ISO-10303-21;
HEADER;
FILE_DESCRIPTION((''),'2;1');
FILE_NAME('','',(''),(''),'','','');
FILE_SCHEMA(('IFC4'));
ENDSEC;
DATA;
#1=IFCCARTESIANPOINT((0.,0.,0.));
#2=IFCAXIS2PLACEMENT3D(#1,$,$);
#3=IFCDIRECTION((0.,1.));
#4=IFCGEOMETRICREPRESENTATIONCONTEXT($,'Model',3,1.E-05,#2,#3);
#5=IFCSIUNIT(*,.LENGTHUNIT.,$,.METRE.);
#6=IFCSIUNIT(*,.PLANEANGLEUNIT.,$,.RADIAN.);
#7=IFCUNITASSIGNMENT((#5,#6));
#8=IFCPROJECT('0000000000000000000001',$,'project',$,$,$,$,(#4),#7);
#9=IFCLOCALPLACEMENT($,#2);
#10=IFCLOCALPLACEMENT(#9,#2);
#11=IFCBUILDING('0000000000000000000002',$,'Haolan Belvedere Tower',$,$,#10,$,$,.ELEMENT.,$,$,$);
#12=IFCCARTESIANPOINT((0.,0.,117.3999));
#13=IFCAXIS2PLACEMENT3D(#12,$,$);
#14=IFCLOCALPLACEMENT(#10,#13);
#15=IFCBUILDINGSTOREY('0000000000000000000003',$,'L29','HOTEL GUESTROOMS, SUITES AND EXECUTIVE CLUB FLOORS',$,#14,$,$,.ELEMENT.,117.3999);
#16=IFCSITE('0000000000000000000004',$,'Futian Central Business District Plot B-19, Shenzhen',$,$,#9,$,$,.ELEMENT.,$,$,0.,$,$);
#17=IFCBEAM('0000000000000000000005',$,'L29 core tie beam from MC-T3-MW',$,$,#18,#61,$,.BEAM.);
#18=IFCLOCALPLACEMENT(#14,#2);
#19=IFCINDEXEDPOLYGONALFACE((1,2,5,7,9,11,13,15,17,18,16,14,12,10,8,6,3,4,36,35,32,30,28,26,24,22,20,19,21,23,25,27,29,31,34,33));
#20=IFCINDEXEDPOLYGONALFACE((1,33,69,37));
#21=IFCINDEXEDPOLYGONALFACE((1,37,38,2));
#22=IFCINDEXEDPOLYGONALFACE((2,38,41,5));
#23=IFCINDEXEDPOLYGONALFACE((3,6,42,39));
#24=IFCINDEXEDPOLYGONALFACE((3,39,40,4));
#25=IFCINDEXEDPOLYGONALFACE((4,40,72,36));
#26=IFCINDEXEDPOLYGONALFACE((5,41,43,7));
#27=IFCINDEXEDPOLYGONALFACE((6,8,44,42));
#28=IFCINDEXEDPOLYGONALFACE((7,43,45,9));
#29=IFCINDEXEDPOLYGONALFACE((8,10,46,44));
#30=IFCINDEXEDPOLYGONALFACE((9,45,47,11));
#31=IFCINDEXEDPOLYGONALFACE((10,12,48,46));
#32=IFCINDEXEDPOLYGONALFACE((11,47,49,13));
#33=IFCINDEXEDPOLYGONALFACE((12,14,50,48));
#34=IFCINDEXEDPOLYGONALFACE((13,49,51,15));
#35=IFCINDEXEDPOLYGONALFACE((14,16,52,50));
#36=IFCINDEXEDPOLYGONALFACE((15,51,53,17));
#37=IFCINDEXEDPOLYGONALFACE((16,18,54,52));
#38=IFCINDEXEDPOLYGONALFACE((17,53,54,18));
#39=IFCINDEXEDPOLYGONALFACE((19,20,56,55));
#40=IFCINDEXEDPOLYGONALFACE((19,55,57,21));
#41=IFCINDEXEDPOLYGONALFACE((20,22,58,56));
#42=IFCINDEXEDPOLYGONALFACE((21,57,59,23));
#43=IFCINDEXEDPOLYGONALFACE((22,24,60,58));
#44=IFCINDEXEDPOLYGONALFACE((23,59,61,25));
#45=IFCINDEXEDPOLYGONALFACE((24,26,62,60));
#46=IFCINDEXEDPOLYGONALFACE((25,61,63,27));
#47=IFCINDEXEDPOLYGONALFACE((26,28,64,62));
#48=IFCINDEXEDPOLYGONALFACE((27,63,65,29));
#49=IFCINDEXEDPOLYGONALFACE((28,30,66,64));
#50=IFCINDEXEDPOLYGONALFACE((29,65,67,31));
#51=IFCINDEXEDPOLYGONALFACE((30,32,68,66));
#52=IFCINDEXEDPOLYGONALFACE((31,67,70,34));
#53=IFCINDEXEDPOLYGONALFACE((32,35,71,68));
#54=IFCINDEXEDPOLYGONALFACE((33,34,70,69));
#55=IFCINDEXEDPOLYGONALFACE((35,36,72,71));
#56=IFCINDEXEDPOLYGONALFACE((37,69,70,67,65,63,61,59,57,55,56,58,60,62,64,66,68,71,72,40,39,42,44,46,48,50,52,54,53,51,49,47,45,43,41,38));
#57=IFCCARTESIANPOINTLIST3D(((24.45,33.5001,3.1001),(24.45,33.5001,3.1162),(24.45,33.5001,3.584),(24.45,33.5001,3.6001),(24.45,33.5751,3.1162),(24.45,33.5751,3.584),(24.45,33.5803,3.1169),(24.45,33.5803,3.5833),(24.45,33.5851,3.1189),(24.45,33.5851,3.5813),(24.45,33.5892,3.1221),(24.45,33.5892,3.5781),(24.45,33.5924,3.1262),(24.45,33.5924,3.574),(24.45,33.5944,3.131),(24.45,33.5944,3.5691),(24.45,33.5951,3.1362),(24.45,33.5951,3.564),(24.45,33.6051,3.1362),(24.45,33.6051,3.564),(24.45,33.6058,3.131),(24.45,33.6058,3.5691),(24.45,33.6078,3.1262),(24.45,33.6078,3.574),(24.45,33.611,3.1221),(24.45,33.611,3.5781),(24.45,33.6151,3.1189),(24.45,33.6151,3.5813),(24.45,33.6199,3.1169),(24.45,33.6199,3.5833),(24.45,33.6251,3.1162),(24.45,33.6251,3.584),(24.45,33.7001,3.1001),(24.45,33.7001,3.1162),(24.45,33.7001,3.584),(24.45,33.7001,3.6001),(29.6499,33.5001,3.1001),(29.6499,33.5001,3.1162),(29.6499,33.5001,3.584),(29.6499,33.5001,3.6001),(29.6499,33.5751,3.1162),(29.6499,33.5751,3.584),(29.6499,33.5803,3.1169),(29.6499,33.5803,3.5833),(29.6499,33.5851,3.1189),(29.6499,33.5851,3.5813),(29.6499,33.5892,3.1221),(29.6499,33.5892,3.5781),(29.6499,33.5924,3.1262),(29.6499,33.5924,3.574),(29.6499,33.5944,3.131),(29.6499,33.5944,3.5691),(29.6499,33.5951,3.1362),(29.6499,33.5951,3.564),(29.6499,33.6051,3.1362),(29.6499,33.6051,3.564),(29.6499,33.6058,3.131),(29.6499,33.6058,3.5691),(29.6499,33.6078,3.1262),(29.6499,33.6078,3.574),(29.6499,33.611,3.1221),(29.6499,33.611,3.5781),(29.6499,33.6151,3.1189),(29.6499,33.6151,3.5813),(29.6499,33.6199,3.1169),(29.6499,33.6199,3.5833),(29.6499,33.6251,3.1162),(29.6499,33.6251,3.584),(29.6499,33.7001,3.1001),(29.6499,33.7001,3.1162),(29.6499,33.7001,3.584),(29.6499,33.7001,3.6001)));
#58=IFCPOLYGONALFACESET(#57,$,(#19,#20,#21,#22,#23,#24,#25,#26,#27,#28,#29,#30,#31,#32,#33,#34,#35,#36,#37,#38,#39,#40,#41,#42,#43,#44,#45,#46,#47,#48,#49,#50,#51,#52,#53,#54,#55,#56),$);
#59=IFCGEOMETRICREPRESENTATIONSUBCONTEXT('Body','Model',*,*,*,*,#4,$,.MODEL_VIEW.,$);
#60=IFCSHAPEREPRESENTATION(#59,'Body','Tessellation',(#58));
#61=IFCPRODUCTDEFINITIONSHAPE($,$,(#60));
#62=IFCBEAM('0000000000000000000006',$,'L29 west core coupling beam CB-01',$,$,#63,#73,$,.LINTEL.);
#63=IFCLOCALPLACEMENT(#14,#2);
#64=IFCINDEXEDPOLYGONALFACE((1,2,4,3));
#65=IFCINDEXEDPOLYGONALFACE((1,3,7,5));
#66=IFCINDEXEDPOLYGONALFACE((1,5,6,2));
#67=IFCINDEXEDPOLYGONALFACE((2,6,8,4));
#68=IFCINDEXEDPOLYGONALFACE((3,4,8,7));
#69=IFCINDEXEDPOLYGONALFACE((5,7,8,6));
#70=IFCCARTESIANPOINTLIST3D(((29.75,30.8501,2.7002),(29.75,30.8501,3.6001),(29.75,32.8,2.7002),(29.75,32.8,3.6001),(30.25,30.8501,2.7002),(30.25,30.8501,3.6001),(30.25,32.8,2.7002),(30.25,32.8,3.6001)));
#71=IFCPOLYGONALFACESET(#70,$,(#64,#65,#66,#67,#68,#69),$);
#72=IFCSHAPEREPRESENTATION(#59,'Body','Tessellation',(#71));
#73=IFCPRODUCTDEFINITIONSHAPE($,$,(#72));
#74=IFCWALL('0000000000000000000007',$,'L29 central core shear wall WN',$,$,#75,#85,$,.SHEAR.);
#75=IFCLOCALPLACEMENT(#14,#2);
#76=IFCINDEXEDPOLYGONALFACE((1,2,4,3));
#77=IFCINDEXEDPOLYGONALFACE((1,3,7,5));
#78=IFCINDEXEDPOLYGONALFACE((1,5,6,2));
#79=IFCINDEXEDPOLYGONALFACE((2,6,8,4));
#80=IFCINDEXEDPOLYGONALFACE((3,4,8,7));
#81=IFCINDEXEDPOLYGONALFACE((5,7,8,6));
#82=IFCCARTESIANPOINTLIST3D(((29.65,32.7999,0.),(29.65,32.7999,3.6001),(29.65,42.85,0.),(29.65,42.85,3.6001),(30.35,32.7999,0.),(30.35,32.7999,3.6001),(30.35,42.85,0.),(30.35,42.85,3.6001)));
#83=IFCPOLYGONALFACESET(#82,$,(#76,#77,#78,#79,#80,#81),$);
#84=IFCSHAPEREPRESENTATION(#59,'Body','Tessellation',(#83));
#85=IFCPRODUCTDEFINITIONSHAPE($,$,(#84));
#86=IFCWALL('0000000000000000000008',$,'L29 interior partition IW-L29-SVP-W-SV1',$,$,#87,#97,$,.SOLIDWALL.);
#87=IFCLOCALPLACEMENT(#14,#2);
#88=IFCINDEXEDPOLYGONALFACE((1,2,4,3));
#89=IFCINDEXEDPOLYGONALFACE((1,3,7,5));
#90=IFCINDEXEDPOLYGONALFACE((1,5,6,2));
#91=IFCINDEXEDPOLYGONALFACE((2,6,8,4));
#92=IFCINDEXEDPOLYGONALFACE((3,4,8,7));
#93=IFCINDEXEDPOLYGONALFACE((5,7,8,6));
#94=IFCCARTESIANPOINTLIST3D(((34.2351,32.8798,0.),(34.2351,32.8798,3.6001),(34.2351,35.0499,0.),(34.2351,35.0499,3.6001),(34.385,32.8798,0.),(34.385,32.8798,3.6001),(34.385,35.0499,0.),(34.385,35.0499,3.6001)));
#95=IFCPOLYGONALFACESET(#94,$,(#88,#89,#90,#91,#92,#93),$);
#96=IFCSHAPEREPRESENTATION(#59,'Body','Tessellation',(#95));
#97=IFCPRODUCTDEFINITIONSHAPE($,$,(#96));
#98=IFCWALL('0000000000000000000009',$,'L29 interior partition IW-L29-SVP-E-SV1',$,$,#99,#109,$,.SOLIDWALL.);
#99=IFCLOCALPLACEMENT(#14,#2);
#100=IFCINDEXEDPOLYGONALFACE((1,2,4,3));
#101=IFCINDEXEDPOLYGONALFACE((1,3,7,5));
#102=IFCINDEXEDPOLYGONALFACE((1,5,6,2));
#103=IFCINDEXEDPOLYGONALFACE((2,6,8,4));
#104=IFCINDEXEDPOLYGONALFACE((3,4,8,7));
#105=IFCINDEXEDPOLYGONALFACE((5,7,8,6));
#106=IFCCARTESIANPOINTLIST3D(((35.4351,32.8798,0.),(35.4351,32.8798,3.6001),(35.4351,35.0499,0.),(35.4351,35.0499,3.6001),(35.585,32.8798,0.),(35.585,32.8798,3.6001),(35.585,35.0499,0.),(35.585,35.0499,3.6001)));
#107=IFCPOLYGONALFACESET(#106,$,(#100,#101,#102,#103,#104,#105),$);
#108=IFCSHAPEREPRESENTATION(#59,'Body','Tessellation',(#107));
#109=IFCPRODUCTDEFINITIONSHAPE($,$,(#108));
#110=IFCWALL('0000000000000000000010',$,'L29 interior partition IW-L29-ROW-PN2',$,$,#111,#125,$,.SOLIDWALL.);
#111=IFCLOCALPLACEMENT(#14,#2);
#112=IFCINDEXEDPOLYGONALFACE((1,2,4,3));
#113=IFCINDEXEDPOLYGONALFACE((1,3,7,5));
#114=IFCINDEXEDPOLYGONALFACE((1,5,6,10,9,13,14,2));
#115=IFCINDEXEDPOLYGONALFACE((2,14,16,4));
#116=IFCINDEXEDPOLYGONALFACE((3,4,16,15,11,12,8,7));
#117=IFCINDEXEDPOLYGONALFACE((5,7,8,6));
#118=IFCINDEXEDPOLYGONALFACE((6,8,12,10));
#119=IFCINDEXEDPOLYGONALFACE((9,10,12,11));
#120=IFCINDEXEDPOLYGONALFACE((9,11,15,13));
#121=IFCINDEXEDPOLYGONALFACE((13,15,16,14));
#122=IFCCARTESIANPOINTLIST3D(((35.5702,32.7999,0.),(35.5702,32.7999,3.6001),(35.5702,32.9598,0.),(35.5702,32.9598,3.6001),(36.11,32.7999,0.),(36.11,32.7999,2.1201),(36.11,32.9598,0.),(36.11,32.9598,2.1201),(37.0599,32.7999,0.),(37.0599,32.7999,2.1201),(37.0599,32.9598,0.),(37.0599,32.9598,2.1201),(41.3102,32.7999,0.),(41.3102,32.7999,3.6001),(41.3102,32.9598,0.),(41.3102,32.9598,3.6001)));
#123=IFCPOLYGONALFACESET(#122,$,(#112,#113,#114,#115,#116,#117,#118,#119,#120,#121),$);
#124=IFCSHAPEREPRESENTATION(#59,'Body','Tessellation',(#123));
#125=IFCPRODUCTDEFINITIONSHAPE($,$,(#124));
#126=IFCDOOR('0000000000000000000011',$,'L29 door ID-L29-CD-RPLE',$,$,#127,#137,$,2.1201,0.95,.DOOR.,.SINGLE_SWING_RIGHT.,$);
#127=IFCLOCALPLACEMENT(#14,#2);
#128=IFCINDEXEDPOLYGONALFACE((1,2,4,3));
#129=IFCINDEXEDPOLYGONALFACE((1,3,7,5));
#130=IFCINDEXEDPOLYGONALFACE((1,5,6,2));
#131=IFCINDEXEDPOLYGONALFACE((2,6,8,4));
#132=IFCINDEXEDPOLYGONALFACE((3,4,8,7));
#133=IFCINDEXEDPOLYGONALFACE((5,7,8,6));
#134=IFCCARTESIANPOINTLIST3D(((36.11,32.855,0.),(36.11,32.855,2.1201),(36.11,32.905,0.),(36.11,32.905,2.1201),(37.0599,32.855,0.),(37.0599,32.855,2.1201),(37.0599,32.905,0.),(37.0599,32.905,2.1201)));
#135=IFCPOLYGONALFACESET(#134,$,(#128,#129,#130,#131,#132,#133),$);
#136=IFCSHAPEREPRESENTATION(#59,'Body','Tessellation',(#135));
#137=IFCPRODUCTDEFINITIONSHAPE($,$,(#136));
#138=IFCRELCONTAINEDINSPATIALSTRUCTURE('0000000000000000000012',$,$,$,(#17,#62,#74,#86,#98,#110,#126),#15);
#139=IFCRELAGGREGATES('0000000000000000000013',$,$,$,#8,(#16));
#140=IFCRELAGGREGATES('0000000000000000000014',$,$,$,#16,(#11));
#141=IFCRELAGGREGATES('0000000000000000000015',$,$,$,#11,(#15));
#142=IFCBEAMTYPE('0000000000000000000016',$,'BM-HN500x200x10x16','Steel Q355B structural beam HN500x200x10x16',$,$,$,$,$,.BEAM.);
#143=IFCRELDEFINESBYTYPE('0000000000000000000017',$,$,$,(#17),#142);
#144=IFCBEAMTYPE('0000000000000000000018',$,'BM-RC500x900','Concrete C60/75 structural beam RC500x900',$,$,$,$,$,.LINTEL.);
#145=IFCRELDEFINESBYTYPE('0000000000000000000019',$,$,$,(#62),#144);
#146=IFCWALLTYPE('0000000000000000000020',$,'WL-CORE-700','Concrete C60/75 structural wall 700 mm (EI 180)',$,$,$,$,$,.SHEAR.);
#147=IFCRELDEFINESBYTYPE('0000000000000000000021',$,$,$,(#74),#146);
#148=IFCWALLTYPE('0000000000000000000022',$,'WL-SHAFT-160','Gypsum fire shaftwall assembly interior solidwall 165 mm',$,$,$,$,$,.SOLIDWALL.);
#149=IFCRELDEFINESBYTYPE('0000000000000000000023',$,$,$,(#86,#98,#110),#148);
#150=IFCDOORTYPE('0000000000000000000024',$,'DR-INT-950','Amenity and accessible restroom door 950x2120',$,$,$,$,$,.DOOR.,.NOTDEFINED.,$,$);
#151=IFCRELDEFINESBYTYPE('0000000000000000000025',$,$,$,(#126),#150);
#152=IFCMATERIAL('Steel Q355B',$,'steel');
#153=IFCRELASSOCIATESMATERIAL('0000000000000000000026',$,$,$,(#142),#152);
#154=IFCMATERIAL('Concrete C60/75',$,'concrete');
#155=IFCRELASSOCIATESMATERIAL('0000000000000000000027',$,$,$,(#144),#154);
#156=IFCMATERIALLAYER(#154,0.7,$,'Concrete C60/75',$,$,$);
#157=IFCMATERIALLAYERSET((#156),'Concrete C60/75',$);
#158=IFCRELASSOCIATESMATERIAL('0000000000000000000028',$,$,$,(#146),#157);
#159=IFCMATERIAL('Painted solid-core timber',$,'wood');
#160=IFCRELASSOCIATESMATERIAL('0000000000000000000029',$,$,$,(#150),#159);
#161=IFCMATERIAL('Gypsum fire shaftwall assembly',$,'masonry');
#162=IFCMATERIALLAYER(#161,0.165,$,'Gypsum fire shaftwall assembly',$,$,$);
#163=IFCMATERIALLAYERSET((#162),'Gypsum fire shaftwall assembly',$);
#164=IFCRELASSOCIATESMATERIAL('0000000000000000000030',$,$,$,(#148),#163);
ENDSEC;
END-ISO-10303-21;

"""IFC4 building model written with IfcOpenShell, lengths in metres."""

from ifc_helpers import new_model, si_unit, direction, frame, frame_2d, origin, origin_2d, place, context, subcontext, project, spatial, rectangle, i_section, extrude, material, layer, layer_set, material_profile, profile_set, type_object, element, fill, save


model = new_model("IFC4")

# Units and contexts
model_context = context("Model", 3, precision=1e-05, world=origin(), true_north=direction((0.0, 1.0)))
body_context = subcontext(model_context, "Body", "Model", "MODEL_VIEW")
ifc_project = project(units=[si_unit("LENGTHUNIT", "METRE"), si_unit("PLANEANGLEUNIT", "RADIAN")], contexts=[model_context])

# Site, building, storey
site_placement = place(None, origin())
site = spatial("IfcSite", under=ifc_project, at=site_placement, Name="Futian Central Business District Plot B-19, Shenzhen", CompositionType="ELEMENT", RefElevation=0.0)
building_placement = place(site_placement, origin())
building = spatial("IfcBuilding", under=site, at=building_placement, Name="Haolan Belvedere Tower", CompositionType="ELEMENT")
storey_placement = place(building_placement, frame((0.0, 0.0, 117.3999)))
storey = spatial("IfcBuildingStorey", under=building, at=storey_placement, Name="L29", Description="HOTEL GUESTROOMS, SUITES AND EXECUTIVE CLUB FLOORS", CompositionType="ELEMENT", Elevation=117.3999)

# Beams
ifc_material_1 = material(Name="Steel Q355B", Category="steel")
ifc_material_profile_1 = material_profile(ifc_material_1, i_section(OverallWidth=0.2, OverallDepth=0.5, WebThickness=0.01, FlangeThickness=0.0161, FilletRadius=0.02, at=origin_2d()), Name="Steel Q355B")
ifc_profile_set_1 = profile_set([ifc_material_profile_1], Name="Steel Q355B")
beam_type_1 = type_object("IfcBeamType", Name="BM-HN500x200x10x16", Description="Steel Q355B structural beam HN500x200x10x16", PredefinedType="BEAM", material=ifc_profile_set_1)
beam_1_placement = place(storey_placement, frame((24.45, 33.6001, 3.3501), z_axis=(1.0, 0.0, 0.0), x_axis=(0.0, 1.0, 0.0)))
element("IfcBeam", 1, at=beam_1_placement, inside=storey, type_object=beam_type_1, Name="L29 core tie beam from MC-T3-MW", PredefinedType="BEAM", context=body_context, shape_type="SweptSolid", body=[
    extrude(i_section(OverallWidth=0.2, OverallDepth=0.5, WebThickness=0.01, FlangeThickness=0.0161, FilletRadius=0.02, at=origin_2d()), origin(), (0.0, 0.0, 1.0), 5.2),
])
ifc_material_2 = material(Name="Concrete C60/75", Category="concrete")
ifc_material_profile_2 = material_profile(ifc_material_2, rectangle(XDim=0.5, YDim=0.8999, at=origin_2d()), Name="Concrete C60/75")
ifc_profile_set_2 = profile_set([ifc_material_profile_2], Name="Concrete C60/75")
beam_type_2 = type_object("IfcBeamType", Name="BM-RC500x900", Description="Concrete C60/75 structural beam RC500x900", PredefinedType="LINTEL", material=ifc_profile_set_2)
beam_2_placement = place(storey_placement, frame((30.0, 30.8501, 3.1501), z_axis=(0.0, 1.0, 0.0), x_axis=(-1.0, 0.0, 0.0)))
element("IfcBeam", 2, at=beam_2_placement, inside=storey, type_object=beam_type_2, Name="L29 west core coupling beam CB-01", PredefinedType="LINTEL", context=body_context, shape_type="SweptSolid", body=[
    extrude(rectangle(XDim=0.5, YDim=0.8999, at=origin_2d()), origin(), (0.0, 0.0, 1.0), 1.95),
])

# Wall
ifc_layer_1 = layer(ifc_material_2, 0.7, Name="Concrete C60/75")
ifc_layer_set_1 = layer_set([ifc_layer_1], Name="Concrete C60/75")
wall_type_1 = type_object("IfcWallType", Name="WL-CORE-700", Description="Concrete C60/75 structural wall 700 mm (EI 180)", PredefinedType="SHEAR", material=ifc_layer_set_1)
wall_1_placement = place(storey_placement, frame((30.0, 32.8, 0.0), z_axis=(0.0, 0.0, 1.0), x_axis=(0.0, 1.0, 0.0)))
element("IfcWall", 3, at=wall_1_placement, inside=storey, type_object=wall_type_1, Name="L29 central core shear wall WN", PredefinedType="SHEAR", context=body_context, shape_type="SweptSolid", body=[
    extrude(rectangle(XDim=10.05, YDim=0.7, at=frame_2d((5.0249, 0.0))), origin(), (0.0, 0.0, 1.0), 3.6001),
])

# Shared definitions
ifc_material_3 = material(Name="Painted solid-core timber", Category="wood")
door_type_1 = type_object("IfcDoorType", Name="DR-INT-950", Description="Amenity and accessible restroom door 950x2120", OperationType="NOTDEFINED", PredefinedType="DOOR", material=ifc_material_3)

# Walls
ifc_material_4 = material(Name="Gypsum fire shaftwall assembly", Category="masonry")
ifc_layer_2 = layer(ifc_material_4, 0.165, Name="Gypsum fire shaftwall assembly")
ifc_layer_set_2 = layer_set([ifc_layer_2], Name="Gypsum fire shaftwall assembly")
wall_type_2 = type_object("IfcWallType", Name="WL-SHAFT-160", Description="Gypsum fire shaftwall assembly interior solidwall 165 mm", PredefinedType="SOLIDWALL", material=ifc_layer_set_2)
for number, where, z_axis, x_axis, name in (
    (4, (34.3101, 32.8799, 0.0), (0.0, 0.0, 1.0), (0.0, 1.0, 0.0), "L29 interior partition IW-L29-SVP-W-SV1"),
    (5, (35.51, 32.8799, 0.0), (0.0, 0.0, 1.0), (0.0, 1.0, 0.0), "L29 interior partition IW-L29-SVP-E-SV1"),
):
    element("IfcWall", number, at=place(storey_placement, frame(where, z_axis=z_axis, x_axis=x_axis)), inside=storey, type_object=wall_type_2, Name=name, PredefinedType="SOLIDWALL", context=body_context, shape_type="SweptSolid", body=[
        extrude(rectangle(XDim=2.1702, YDim=0.1499, at=frame_2d((1.085, 0.0))), origin(), (0.0, 0.0, 1.0), 3.6001),
    ])

# Wall, opening, door
wall_2_placement = place(storey_placement, frame((35.5701, 32.8799, 0.0), z_axis=(0.0, 0.0, 1.0), x_axis=(1.0, 0.0, 0.0)))
wall_2 = element("IfcWall", 6, at=wall_2_placement, inside=storey, type_object=wall_type_2, Name="L29 interior partition IW-L29-ROW-PN2", PredefinedType="SOLIDWALL", context=body_context, shape_type="SweptSolid", body=[
    extrude(rectangle(XDim=5.74, YDim=0.1599, at=frame_2d((2.8701, 0.0))), origin(), (0.0, 0.0, 1.0), 3.6001),
])
opening_1_placement = place(wall_2_placement, frame((1.49, 0.0, 0.0), z_axis=(0.0, 0.0, 1.0), x_axis=(-1.0, 0.0, 0.0)))
opening_1 = element("IfcOpeningElement", 7, at=opening_1_placement, cuts=wall_2, PredefinedType="OPENING", context=body_context, shape_type="SweptSolid", body=[
    extrude(rectangle(XDim=0.95, YDim=2.1201, at=frame_2d((0.4751, 1.0601))), frame((0.0, 0.0898, 0.0), z_axis=(0.0, -1.0, 0.0), x_axis=(1.0, 0.0, 0.0)), (0.0, 0.0, 1.0), 0.1799),
])
door_1_placement = place(opening_1_placement, origin())
door_1 = element("IfcDoor", 8, at=door_1_placement, inside=storey, type_object=door_type_1, Name="L29 door ID-L29-CD-RPLE", OperationType="SINGLE_SWING_RIGHT", OverallHeight=2.1201, OverallWidth=0.95, PredefinedType="DOOR", context=body_context, shape_type="SweptSolid", body=[
    extrude(rectangle(XDim=0.95, YDim=2.1201, at=frame_2d((0.4751, 1.0601))), frame((0.0, 0.0249, 0.0), z_axis=(0.0, -1.0, 0.0), x_axis=(1.0, 0.0, 0.0)), (0.0, 0.0, 1.0), 0.05),
])
fill(opening_1, door_1)

save(model, "model.ifc")
